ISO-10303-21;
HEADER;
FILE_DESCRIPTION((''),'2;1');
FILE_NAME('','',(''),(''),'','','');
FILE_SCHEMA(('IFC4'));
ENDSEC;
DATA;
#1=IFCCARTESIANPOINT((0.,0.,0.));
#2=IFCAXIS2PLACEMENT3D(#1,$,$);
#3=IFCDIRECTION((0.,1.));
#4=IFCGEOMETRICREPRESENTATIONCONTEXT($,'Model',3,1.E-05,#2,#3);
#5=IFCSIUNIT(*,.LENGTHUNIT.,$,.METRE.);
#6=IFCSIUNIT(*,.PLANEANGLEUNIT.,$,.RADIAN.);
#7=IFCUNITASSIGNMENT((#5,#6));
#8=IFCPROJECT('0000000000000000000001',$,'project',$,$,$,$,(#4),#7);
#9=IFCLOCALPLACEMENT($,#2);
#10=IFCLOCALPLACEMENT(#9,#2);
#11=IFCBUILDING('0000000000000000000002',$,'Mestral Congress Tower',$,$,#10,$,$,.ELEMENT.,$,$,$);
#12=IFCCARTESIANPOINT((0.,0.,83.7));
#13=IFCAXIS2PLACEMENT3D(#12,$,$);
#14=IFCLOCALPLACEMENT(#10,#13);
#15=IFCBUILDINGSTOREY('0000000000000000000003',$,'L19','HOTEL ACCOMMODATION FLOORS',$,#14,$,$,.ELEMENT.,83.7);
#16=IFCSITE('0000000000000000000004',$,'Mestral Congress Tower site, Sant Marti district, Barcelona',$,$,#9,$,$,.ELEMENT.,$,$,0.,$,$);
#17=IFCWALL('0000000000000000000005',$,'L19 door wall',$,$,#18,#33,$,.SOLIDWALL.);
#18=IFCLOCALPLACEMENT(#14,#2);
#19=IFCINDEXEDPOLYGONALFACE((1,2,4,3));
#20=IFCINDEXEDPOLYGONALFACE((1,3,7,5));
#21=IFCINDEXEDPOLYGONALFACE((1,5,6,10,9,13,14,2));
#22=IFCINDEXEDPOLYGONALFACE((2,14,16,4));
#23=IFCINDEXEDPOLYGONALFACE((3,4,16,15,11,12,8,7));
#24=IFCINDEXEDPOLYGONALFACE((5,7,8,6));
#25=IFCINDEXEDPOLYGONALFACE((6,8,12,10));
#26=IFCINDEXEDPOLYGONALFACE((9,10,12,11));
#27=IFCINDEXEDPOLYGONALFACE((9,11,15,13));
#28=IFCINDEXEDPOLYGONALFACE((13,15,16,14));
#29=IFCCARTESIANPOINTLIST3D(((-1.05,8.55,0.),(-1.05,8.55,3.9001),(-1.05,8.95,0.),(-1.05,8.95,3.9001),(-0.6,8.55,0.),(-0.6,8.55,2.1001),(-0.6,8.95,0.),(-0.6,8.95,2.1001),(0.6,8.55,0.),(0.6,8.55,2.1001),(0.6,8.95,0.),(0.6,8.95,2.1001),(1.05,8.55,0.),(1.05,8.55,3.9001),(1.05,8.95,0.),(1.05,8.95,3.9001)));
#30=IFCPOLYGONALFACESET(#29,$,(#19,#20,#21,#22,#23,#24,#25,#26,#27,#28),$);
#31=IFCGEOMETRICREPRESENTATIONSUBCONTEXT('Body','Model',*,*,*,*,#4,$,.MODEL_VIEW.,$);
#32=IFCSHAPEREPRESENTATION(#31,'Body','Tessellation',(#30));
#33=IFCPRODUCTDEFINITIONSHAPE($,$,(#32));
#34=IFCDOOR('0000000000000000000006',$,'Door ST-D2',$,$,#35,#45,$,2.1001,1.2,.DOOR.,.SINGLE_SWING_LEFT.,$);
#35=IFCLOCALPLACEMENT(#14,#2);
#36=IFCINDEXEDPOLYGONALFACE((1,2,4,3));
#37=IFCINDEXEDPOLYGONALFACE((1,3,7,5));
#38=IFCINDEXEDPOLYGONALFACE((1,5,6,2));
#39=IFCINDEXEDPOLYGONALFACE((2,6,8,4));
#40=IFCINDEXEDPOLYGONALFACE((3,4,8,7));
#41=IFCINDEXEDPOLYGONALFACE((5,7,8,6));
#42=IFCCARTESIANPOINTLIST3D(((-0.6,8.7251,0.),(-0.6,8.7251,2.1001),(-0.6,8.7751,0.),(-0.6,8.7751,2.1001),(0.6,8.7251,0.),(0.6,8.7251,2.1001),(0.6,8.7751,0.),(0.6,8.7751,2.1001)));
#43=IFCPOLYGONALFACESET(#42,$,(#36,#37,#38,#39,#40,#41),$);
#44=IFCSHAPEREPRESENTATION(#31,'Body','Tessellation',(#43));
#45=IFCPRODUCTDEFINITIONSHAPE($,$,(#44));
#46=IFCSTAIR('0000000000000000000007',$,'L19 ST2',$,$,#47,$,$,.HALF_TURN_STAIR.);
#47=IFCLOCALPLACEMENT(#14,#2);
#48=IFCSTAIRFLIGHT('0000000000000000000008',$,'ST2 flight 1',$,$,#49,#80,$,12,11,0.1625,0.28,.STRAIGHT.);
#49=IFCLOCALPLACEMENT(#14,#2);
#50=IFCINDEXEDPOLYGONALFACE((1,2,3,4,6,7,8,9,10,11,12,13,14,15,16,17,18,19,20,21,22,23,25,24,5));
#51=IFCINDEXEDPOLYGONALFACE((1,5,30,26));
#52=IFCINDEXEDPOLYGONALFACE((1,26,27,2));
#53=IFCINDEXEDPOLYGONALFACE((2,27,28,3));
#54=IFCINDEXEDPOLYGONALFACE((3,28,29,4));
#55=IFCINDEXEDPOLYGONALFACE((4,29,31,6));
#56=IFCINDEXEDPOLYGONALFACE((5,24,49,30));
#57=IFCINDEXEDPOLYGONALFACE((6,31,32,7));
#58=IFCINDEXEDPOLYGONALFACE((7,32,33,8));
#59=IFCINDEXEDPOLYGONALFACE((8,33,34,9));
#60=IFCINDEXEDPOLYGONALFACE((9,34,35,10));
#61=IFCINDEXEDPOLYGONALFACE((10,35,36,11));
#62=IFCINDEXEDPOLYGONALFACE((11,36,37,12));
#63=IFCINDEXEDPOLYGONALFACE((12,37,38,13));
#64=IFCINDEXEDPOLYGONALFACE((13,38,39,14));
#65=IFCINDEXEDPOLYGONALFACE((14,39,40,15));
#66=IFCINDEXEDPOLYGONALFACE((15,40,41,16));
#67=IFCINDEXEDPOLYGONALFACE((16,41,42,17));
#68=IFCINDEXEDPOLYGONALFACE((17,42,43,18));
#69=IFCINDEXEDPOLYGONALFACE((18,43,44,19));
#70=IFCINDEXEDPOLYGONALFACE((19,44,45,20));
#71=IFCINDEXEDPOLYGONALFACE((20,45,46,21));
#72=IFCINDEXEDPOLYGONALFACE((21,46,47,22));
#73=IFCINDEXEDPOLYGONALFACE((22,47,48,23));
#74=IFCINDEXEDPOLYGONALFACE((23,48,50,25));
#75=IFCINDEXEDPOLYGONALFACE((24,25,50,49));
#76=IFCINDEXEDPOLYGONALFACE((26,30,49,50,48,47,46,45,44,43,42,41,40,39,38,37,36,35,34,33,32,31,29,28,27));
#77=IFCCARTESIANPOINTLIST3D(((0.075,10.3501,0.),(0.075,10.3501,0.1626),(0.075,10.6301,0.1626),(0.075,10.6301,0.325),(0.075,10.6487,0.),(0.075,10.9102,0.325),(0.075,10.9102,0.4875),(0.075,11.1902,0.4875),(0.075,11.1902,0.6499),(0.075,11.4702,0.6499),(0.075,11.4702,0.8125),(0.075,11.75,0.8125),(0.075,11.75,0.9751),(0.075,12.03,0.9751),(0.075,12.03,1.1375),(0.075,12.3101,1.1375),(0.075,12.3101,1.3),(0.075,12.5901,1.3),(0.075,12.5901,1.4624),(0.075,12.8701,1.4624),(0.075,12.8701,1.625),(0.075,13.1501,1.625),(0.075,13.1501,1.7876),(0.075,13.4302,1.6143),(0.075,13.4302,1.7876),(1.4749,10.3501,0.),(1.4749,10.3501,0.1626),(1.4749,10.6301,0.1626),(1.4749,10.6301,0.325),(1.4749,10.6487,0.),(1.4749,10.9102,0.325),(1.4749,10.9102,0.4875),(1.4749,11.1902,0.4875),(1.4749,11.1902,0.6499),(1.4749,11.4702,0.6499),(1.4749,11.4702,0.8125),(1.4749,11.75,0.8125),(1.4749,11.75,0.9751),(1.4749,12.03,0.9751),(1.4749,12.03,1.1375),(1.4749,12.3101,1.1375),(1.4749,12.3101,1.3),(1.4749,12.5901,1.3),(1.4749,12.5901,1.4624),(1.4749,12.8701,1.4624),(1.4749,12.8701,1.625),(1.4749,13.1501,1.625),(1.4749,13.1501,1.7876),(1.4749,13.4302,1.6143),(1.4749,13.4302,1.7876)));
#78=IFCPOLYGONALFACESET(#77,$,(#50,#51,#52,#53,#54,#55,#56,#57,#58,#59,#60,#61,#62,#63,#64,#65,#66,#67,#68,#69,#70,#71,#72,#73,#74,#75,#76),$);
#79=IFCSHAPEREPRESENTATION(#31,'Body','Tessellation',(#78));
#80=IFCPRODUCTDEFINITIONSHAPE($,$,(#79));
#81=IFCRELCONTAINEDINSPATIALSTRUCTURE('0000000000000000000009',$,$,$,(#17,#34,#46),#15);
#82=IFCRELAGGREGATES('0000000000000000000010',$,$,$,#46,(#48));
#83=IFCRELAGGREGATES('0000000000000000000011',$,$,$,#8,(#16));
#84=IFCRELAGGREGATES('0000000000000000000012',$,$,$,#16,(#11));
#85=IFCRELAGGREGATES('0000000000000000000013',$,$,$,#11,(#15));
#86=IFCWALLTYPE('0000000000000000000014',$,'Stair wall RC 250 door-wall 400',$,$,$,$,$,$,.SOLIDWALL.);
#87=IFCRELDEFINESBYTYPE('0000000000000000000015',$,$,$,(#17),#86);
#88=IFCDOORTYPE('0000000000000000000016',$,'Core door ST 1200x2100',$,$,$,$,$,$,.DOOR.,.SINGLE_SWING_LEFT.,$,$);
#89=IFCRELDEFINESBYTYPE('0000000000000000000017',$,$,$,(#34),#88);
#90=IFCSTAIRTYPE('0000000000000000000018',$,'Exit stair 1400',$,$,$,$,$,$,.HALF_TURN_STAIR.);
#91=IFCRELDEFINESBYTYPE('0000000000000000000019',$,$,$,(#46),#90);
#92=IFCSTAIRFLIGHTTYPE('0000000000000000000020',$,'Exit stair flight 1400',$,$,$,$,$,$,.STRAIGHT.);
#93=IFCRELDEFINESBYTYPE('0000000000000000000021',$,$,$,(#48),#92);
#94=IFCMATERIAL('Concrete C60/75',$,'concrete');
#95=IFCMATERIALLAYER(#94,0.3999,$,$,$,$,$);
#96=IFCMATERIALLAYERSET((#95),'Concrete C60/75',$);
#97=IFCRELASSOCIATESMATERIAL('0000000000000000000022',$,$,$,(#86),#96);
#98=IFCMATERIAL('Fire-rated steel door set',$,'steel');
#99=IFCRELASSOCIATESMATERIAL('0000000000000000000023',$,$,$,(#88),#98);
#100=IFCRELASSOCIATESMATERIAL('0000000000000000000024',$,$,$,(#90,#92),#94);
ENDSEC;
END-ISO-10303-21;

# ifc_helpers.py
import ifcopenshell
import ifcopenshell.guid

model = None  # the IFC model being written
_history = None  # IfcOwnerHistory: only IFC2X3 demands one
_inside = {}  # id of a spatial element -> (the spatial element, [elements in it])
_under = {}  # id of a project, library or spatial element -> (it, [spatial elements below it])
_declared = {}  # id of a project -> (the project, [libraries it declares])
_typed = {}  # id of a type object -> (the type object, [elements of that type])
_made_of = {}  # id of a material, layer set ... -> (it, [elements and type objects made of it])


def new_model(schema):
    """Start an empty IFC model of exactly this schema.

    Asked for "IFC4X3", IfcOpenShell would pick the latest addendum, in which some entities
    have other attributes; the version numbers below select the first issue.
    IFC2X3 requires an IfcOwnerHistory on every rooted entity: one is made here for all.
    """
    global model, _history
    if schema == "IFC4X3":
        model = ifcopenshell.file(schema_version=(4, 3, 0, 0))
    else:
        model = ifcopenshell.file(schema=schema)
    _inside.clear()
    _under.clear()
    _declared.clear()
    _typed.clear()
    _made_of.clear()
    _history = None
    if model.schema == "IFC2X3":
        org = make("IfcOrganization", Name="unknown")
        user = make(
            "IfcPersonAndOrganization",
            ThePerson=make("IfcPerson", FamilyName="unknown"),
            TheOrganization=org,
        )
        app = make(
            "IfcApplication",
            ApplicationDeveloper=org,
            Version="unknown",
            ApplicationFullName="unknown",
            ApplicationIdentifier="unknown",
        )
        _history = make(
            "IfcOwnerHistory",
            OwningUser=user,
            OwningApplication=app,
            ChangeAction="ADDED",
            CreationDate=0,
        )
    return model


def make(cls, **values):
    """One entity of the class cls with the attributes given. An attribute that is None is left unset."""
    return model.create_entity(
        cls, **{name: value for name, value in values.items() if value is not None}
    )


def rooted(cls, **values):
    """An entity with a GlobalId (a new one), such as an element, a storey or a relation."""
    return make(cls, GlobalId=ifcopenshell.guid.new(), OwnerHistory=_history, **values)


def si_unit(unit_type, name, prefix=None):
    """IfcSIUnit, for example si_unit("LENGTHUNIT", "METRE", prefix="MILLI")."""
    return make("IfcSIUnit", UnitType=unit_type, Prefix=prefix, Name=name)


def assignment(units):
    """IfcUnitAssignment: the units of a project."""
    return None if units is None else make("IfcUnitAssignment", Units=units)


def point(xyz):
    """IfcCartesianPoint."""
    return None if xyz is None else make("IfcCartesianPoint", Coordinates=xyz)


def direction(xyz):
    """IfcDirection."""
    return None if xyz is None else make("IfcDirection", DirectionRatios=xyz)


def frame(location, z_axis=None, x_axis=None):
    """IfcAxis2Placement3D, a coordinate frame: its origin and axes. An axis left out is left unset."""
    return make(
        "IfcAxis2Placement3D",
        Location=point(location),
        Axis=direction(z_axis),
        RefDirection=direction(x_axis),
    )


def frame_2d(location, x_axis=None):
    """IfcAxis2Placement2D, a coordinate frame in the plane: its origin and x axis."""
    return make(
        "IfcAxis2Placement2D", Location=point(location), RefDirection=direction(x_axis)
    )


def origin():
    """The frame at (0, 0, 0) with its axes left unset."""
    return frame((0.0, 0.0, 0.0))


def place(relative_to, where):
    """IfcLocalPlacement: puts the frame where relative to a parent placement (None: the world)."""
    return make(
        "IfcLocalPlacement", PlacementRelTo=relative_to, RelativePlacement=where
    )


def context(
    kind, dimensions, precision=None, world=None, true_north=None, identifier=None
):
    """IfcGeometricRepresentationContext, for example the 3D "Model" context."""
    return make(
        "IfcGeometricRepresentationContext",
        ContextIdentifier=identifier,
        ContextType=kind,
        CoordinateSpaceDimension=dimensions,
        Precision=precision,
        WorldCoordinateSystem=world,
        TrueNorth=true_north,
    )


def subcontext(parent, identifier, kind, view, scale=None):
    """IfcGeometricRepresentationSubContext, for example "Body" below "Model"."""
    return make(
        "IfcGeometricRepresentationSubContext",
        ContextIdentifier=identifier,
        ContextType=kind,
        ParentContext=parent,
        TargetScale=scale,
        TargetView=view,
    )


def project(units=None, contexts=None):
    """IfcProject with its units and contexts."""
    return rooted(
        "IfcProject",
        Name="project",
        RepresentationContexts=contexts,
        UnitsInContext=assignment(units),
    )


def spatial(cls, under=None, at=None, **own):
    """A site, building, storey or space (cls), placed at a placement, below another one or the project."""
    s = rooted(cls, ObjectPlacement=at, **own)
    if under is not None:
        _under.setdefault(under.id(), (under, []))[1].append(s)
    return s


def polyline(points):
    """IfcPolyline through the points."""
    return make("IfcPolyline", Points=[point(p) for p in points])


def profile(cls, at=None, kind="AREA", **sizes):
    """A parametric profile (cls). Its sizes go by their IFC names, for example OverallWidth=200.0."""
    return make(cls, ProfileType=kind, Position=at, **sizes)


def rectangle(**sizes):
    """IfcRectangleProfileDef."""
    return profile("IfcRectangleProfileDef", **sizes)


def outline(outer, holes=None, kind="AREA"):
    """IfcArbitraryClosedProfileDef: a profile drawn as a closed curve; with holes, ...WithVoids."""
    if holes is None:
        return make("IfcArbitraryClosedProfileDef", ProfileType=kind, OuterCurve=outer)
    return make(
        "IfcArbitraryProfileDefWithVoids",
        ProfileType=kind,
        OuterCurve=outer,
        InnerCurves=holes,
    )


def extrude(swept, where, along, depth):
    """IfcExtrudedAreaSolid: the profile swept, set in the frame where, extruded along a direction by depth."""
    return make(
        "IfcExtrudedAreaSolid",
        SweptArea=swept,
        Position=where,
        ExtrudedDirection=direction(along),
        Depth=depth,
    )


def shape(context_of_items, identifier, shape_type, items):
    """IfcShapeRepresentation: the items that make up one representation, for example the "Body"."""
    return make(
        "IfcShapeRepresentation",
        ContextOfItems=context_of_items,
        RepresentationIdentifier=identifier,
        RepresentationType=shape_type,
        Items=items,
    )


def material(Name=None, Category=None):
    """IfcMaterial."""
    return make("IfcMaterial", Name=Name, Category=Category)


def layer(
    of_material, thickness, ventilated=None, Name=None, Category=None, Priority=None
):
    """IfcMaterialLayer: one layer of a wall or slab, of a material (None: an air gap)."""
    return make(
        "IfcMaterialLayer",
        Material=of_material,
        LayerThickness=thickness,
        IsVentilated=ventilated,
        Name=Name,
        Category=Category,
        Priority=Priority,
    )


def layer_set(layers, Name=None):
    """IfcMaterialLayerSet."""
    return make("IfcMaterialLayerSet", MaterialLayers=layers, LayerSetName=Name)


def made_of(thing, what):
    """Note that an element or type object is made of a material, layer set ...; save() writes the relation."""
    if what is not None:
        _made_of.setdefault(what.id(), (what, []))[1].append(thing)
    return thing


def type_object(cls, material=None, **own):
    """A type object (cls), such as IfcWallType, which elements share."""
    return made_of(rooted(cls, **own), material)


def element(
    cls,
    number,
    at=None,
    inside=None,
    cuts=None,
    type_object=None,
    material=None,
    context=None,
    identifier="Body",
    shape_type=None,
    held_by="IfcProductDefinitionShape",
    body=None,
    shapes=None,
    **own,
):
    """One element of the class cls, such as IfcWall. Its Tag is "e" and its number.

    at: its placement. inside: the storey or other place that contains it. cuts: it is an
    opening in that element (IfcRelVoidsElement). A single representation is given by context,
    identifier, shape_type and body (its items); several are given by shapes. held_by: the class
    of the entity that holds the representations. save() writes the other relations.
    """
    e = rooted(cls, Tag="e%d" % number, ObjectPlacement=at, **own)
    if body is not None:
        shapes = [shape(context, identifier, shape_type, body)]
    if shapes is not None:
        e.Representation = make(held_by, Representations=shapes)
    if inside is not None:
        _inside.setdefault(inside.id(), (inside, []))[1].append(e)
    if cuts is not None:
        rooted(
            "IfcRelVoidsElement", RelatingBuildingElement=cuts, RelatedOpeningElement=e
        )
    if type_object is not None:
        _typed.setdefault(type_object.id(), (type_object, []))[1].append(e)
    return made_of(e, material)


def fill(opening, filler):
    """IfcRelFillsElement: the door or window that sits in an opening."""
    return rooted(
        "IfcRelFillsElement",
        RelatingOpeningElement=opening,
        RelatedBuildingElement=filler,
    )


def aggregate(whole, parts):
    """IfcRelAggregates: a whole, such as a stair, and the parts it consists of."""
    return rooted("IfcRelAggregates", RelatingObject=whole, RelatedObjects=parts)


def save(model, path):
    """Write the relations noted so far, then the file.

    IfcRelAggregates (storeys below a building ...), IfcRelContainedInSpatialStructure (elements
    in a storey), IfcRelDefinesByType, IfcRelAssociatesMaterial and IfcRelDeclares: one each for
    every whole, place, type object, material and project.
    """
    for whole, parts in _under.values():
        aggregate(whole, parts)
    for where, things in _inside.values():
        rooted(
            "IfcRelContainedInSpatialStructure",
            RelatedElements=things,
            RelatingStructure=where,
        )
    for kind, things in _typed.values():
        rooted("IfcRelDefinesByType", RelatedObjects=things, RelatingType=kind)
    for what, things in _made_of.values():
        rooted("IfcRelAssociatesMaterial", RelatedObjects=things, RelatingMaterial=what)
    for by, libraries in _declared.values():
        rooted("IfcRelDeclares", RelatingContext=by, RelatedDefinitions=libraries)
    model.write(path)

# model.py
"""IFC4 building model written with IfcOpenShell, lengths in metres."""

from ifc_helpers import new_model, si_unit, direction, frame, frame_2d, origin, place, context, subcontext, project, spatial, polyline, rectangle, outline, extrude, material, layer, layer_set, type_object, element, fill, aggregate, save


model = new_model("IFC4")

# Units and contexts
model_context = context("Model", 3, precision=1e-05, world=origin(), true_north=direction((0.0, 1.0)))
body_context = subcontext(model_context, "Body", "Model", "MODEL_VIEW")
ifc_project = project(units=[si_unit("LENGTHUNIT", "METRE"), si_unit("PLANEANGLEUNIT", "RADIAN")], contexts=[model_context])

# Site, building, storey
site_placement = place(None, origin())
site = spatial("IfcSite", under=ifc_project, at=site_placement, Name="Mestral Congress Tower site, Sant Marti district, Barcelona", CompositionType="ELEMENT", RefElevation=0.0)
building_placement = place(site_placement, origin())
building = spatial("IfcBuilding", under=site, at=building_placement, Name="Mestral Congress Tower", CompositionType="ELEMENT")
storey_placement = place(building_placement, frame((0.0, 0.0, 83.7)))
storey = spatial("IfcBuildingStorey", under=building, at=storey_placement, Name="L19", Description="HOTEL ACCOMMODATION FLOORS", CompositionType="ELEMENT", Elevation=83.7)

# Shared definitions
ifc_material_1 = material(Name="Fire-rated steel door set", Category="steel")

# Shared definitions
ifc_material_2 = material(Name="Concrete C60/75", Category="concrete")

# Wall, opening, door
ifc_layer_1 = layer(ifc_material_2, 0.3999)
ifc_layer_set_1 = layer_set([ifc_layer_1], Name="Concrete C60/75")
wall_type_1 = type_object("IfcWallType", Name="Stair wall RC 250 door-wall 400", PredefinedType="SOLIDWALL", material=ifc_layer_set_1)
wall_1_placement = place(storey_placement, frame((1.05, 8.75, 0.0), z_axis=(0.0, 0.0, 1.0), x_axis=(-1.0, 0.0, 0.0)))
wall_1 = element("IfcWall", 1, at=wall_1_placement, inside=storey, type_object=wall_type_1, Name="L19 door wall", PredefinedType="SOLIDWALL", context=body_context, shape_type="SweptSolid", body=[
    extrude(rectangle(XDim=2.1001, YDim=0.3999, at=frame_2d((1.05, 0.0))), origin(), (0.0, 0.0, 1.0), 3.9001),
])
opening_1_placement = place(wall_1_placement, frame((0.45, 0.0, 0.0)))
opening_1 = element("IfcOpeningElement", 2, at=opening_1_placement, cuts=wall_1, PredefinedType="OPENING", context=body_context, shape_type="SweptSolid", body=[
    extrude(rectangle(XDim=1.2, YDim=2.1001, at=frame_2d((0.6001, 1.05))), frame((0.0, 0.21, 0.0), z_axis=(0.0, -1.0, 0.0), x_axis=(1.0, 0.0, 0.0)), (0.0, 0.0, 1.0), 0.4199),
])
door_type_1 = type_object("IfcDoorType", Name="Core door ST 1200x2100", OperationType="SINGLE_SWING_LEFT", PredefinedType="DOOR", material=ifc_material_1)
door_1_placement = place(opening_1_placement, origin())
door_1 = element("IfcDoor", 3, at=door_1_placement, inside=storey, type_object=door_type_1, Name="Door ST-D2", OperationType="SINGLE_SWING_LEFT", OverallHeight=2.1001, OverallWidth=1.2, PredefinedType="DOOR", context=body_context, shape_type="SweptSolid", body=[
    extrude(rectangle(XDim=1.2, YDim=2.1001, at=frame_2d((0.6001, 1.05))), frame((0.0, 0.0249, 0.0), z_axis=(0.0, -1.0, 0.0), x_axis=(1.0, 0.0, 0.0)), (0.0, 0.0, 1.0), 0.05),
])
fill(opening_1, door_1)

# Stair, stair flight
stair_type = type_object("IfcStairType", Name="Exit stair 1400", PredefinedType="HALF_TURN_STAIR", material=ifc_material_2)
stair_placement = place(storey_placement, origin())
stair = element("IfcStair", 4, at=stair_placement, inside=storey, type_object=stair_type, Name="L19 ST2", PredefinedType="HALF_TURN_STAIR")
stair_flight_type = type_object("IfcStairFlightType", Name="Exit stair flight 1400", PredefinedType="STRAIGHT", material=ifc_material_2)
stair_flight_placement = place(storey_placement, frame((0.7749, 10.3501, 0.0), z_axis=(0.0, 0.0, 1.0), x_axis=(0.0, 1.0, 0.0)))
stair_flight = element("IfcStairFlight", 5, at=stair_flight_placement, type_object=stair_flight_type, Name="ST2 flight 1", NumberOfRisers=12, NumberOfTreads=11, PredefinedType="STRAIGHT", RiserHeight=0.1625, TreadLength=0.28, context=body_context, shape_type="SweptSolid", body=[
    extrude(outline(polyline([(0.0, 0.0), (0.0, 0.1626), (0.28, 0.1626), (0.28, 0.325), (0.5601, 0.325), (0.5601, 0.4875), (0.8401, 0.4875), (0.8401, 0.6499), (1.1201, 0.6499), (1.1201, 0.8125), (1.3999, 0.8125), (1.3999, 0.9751), (1.6799, 0.9751), (1.6799, 1.1375), (1.96, 1.1375), (1.96, 1.3), (2.24, 1.3), (2.24, 1.4624), (2.52, 1.4624), (2.52, 1.625), (2.8, 1.625), (2.8, 1.7876), (3.0801, 1.7876), (3.0801, 1.95), (3.0801, 1.6143), (0.2986, 0.0), (0.0, 0.0)])), frame((0.0, 0.7, 0.0), z_axis=(0.0, -1.0, 0.0), x_axis=(1.0, 0.0, 0.0)), (0.0, 0.0, 1.0), 1.3999),
])
aggregate(stair, [stair_flight])

save(model, "model.ifc")
